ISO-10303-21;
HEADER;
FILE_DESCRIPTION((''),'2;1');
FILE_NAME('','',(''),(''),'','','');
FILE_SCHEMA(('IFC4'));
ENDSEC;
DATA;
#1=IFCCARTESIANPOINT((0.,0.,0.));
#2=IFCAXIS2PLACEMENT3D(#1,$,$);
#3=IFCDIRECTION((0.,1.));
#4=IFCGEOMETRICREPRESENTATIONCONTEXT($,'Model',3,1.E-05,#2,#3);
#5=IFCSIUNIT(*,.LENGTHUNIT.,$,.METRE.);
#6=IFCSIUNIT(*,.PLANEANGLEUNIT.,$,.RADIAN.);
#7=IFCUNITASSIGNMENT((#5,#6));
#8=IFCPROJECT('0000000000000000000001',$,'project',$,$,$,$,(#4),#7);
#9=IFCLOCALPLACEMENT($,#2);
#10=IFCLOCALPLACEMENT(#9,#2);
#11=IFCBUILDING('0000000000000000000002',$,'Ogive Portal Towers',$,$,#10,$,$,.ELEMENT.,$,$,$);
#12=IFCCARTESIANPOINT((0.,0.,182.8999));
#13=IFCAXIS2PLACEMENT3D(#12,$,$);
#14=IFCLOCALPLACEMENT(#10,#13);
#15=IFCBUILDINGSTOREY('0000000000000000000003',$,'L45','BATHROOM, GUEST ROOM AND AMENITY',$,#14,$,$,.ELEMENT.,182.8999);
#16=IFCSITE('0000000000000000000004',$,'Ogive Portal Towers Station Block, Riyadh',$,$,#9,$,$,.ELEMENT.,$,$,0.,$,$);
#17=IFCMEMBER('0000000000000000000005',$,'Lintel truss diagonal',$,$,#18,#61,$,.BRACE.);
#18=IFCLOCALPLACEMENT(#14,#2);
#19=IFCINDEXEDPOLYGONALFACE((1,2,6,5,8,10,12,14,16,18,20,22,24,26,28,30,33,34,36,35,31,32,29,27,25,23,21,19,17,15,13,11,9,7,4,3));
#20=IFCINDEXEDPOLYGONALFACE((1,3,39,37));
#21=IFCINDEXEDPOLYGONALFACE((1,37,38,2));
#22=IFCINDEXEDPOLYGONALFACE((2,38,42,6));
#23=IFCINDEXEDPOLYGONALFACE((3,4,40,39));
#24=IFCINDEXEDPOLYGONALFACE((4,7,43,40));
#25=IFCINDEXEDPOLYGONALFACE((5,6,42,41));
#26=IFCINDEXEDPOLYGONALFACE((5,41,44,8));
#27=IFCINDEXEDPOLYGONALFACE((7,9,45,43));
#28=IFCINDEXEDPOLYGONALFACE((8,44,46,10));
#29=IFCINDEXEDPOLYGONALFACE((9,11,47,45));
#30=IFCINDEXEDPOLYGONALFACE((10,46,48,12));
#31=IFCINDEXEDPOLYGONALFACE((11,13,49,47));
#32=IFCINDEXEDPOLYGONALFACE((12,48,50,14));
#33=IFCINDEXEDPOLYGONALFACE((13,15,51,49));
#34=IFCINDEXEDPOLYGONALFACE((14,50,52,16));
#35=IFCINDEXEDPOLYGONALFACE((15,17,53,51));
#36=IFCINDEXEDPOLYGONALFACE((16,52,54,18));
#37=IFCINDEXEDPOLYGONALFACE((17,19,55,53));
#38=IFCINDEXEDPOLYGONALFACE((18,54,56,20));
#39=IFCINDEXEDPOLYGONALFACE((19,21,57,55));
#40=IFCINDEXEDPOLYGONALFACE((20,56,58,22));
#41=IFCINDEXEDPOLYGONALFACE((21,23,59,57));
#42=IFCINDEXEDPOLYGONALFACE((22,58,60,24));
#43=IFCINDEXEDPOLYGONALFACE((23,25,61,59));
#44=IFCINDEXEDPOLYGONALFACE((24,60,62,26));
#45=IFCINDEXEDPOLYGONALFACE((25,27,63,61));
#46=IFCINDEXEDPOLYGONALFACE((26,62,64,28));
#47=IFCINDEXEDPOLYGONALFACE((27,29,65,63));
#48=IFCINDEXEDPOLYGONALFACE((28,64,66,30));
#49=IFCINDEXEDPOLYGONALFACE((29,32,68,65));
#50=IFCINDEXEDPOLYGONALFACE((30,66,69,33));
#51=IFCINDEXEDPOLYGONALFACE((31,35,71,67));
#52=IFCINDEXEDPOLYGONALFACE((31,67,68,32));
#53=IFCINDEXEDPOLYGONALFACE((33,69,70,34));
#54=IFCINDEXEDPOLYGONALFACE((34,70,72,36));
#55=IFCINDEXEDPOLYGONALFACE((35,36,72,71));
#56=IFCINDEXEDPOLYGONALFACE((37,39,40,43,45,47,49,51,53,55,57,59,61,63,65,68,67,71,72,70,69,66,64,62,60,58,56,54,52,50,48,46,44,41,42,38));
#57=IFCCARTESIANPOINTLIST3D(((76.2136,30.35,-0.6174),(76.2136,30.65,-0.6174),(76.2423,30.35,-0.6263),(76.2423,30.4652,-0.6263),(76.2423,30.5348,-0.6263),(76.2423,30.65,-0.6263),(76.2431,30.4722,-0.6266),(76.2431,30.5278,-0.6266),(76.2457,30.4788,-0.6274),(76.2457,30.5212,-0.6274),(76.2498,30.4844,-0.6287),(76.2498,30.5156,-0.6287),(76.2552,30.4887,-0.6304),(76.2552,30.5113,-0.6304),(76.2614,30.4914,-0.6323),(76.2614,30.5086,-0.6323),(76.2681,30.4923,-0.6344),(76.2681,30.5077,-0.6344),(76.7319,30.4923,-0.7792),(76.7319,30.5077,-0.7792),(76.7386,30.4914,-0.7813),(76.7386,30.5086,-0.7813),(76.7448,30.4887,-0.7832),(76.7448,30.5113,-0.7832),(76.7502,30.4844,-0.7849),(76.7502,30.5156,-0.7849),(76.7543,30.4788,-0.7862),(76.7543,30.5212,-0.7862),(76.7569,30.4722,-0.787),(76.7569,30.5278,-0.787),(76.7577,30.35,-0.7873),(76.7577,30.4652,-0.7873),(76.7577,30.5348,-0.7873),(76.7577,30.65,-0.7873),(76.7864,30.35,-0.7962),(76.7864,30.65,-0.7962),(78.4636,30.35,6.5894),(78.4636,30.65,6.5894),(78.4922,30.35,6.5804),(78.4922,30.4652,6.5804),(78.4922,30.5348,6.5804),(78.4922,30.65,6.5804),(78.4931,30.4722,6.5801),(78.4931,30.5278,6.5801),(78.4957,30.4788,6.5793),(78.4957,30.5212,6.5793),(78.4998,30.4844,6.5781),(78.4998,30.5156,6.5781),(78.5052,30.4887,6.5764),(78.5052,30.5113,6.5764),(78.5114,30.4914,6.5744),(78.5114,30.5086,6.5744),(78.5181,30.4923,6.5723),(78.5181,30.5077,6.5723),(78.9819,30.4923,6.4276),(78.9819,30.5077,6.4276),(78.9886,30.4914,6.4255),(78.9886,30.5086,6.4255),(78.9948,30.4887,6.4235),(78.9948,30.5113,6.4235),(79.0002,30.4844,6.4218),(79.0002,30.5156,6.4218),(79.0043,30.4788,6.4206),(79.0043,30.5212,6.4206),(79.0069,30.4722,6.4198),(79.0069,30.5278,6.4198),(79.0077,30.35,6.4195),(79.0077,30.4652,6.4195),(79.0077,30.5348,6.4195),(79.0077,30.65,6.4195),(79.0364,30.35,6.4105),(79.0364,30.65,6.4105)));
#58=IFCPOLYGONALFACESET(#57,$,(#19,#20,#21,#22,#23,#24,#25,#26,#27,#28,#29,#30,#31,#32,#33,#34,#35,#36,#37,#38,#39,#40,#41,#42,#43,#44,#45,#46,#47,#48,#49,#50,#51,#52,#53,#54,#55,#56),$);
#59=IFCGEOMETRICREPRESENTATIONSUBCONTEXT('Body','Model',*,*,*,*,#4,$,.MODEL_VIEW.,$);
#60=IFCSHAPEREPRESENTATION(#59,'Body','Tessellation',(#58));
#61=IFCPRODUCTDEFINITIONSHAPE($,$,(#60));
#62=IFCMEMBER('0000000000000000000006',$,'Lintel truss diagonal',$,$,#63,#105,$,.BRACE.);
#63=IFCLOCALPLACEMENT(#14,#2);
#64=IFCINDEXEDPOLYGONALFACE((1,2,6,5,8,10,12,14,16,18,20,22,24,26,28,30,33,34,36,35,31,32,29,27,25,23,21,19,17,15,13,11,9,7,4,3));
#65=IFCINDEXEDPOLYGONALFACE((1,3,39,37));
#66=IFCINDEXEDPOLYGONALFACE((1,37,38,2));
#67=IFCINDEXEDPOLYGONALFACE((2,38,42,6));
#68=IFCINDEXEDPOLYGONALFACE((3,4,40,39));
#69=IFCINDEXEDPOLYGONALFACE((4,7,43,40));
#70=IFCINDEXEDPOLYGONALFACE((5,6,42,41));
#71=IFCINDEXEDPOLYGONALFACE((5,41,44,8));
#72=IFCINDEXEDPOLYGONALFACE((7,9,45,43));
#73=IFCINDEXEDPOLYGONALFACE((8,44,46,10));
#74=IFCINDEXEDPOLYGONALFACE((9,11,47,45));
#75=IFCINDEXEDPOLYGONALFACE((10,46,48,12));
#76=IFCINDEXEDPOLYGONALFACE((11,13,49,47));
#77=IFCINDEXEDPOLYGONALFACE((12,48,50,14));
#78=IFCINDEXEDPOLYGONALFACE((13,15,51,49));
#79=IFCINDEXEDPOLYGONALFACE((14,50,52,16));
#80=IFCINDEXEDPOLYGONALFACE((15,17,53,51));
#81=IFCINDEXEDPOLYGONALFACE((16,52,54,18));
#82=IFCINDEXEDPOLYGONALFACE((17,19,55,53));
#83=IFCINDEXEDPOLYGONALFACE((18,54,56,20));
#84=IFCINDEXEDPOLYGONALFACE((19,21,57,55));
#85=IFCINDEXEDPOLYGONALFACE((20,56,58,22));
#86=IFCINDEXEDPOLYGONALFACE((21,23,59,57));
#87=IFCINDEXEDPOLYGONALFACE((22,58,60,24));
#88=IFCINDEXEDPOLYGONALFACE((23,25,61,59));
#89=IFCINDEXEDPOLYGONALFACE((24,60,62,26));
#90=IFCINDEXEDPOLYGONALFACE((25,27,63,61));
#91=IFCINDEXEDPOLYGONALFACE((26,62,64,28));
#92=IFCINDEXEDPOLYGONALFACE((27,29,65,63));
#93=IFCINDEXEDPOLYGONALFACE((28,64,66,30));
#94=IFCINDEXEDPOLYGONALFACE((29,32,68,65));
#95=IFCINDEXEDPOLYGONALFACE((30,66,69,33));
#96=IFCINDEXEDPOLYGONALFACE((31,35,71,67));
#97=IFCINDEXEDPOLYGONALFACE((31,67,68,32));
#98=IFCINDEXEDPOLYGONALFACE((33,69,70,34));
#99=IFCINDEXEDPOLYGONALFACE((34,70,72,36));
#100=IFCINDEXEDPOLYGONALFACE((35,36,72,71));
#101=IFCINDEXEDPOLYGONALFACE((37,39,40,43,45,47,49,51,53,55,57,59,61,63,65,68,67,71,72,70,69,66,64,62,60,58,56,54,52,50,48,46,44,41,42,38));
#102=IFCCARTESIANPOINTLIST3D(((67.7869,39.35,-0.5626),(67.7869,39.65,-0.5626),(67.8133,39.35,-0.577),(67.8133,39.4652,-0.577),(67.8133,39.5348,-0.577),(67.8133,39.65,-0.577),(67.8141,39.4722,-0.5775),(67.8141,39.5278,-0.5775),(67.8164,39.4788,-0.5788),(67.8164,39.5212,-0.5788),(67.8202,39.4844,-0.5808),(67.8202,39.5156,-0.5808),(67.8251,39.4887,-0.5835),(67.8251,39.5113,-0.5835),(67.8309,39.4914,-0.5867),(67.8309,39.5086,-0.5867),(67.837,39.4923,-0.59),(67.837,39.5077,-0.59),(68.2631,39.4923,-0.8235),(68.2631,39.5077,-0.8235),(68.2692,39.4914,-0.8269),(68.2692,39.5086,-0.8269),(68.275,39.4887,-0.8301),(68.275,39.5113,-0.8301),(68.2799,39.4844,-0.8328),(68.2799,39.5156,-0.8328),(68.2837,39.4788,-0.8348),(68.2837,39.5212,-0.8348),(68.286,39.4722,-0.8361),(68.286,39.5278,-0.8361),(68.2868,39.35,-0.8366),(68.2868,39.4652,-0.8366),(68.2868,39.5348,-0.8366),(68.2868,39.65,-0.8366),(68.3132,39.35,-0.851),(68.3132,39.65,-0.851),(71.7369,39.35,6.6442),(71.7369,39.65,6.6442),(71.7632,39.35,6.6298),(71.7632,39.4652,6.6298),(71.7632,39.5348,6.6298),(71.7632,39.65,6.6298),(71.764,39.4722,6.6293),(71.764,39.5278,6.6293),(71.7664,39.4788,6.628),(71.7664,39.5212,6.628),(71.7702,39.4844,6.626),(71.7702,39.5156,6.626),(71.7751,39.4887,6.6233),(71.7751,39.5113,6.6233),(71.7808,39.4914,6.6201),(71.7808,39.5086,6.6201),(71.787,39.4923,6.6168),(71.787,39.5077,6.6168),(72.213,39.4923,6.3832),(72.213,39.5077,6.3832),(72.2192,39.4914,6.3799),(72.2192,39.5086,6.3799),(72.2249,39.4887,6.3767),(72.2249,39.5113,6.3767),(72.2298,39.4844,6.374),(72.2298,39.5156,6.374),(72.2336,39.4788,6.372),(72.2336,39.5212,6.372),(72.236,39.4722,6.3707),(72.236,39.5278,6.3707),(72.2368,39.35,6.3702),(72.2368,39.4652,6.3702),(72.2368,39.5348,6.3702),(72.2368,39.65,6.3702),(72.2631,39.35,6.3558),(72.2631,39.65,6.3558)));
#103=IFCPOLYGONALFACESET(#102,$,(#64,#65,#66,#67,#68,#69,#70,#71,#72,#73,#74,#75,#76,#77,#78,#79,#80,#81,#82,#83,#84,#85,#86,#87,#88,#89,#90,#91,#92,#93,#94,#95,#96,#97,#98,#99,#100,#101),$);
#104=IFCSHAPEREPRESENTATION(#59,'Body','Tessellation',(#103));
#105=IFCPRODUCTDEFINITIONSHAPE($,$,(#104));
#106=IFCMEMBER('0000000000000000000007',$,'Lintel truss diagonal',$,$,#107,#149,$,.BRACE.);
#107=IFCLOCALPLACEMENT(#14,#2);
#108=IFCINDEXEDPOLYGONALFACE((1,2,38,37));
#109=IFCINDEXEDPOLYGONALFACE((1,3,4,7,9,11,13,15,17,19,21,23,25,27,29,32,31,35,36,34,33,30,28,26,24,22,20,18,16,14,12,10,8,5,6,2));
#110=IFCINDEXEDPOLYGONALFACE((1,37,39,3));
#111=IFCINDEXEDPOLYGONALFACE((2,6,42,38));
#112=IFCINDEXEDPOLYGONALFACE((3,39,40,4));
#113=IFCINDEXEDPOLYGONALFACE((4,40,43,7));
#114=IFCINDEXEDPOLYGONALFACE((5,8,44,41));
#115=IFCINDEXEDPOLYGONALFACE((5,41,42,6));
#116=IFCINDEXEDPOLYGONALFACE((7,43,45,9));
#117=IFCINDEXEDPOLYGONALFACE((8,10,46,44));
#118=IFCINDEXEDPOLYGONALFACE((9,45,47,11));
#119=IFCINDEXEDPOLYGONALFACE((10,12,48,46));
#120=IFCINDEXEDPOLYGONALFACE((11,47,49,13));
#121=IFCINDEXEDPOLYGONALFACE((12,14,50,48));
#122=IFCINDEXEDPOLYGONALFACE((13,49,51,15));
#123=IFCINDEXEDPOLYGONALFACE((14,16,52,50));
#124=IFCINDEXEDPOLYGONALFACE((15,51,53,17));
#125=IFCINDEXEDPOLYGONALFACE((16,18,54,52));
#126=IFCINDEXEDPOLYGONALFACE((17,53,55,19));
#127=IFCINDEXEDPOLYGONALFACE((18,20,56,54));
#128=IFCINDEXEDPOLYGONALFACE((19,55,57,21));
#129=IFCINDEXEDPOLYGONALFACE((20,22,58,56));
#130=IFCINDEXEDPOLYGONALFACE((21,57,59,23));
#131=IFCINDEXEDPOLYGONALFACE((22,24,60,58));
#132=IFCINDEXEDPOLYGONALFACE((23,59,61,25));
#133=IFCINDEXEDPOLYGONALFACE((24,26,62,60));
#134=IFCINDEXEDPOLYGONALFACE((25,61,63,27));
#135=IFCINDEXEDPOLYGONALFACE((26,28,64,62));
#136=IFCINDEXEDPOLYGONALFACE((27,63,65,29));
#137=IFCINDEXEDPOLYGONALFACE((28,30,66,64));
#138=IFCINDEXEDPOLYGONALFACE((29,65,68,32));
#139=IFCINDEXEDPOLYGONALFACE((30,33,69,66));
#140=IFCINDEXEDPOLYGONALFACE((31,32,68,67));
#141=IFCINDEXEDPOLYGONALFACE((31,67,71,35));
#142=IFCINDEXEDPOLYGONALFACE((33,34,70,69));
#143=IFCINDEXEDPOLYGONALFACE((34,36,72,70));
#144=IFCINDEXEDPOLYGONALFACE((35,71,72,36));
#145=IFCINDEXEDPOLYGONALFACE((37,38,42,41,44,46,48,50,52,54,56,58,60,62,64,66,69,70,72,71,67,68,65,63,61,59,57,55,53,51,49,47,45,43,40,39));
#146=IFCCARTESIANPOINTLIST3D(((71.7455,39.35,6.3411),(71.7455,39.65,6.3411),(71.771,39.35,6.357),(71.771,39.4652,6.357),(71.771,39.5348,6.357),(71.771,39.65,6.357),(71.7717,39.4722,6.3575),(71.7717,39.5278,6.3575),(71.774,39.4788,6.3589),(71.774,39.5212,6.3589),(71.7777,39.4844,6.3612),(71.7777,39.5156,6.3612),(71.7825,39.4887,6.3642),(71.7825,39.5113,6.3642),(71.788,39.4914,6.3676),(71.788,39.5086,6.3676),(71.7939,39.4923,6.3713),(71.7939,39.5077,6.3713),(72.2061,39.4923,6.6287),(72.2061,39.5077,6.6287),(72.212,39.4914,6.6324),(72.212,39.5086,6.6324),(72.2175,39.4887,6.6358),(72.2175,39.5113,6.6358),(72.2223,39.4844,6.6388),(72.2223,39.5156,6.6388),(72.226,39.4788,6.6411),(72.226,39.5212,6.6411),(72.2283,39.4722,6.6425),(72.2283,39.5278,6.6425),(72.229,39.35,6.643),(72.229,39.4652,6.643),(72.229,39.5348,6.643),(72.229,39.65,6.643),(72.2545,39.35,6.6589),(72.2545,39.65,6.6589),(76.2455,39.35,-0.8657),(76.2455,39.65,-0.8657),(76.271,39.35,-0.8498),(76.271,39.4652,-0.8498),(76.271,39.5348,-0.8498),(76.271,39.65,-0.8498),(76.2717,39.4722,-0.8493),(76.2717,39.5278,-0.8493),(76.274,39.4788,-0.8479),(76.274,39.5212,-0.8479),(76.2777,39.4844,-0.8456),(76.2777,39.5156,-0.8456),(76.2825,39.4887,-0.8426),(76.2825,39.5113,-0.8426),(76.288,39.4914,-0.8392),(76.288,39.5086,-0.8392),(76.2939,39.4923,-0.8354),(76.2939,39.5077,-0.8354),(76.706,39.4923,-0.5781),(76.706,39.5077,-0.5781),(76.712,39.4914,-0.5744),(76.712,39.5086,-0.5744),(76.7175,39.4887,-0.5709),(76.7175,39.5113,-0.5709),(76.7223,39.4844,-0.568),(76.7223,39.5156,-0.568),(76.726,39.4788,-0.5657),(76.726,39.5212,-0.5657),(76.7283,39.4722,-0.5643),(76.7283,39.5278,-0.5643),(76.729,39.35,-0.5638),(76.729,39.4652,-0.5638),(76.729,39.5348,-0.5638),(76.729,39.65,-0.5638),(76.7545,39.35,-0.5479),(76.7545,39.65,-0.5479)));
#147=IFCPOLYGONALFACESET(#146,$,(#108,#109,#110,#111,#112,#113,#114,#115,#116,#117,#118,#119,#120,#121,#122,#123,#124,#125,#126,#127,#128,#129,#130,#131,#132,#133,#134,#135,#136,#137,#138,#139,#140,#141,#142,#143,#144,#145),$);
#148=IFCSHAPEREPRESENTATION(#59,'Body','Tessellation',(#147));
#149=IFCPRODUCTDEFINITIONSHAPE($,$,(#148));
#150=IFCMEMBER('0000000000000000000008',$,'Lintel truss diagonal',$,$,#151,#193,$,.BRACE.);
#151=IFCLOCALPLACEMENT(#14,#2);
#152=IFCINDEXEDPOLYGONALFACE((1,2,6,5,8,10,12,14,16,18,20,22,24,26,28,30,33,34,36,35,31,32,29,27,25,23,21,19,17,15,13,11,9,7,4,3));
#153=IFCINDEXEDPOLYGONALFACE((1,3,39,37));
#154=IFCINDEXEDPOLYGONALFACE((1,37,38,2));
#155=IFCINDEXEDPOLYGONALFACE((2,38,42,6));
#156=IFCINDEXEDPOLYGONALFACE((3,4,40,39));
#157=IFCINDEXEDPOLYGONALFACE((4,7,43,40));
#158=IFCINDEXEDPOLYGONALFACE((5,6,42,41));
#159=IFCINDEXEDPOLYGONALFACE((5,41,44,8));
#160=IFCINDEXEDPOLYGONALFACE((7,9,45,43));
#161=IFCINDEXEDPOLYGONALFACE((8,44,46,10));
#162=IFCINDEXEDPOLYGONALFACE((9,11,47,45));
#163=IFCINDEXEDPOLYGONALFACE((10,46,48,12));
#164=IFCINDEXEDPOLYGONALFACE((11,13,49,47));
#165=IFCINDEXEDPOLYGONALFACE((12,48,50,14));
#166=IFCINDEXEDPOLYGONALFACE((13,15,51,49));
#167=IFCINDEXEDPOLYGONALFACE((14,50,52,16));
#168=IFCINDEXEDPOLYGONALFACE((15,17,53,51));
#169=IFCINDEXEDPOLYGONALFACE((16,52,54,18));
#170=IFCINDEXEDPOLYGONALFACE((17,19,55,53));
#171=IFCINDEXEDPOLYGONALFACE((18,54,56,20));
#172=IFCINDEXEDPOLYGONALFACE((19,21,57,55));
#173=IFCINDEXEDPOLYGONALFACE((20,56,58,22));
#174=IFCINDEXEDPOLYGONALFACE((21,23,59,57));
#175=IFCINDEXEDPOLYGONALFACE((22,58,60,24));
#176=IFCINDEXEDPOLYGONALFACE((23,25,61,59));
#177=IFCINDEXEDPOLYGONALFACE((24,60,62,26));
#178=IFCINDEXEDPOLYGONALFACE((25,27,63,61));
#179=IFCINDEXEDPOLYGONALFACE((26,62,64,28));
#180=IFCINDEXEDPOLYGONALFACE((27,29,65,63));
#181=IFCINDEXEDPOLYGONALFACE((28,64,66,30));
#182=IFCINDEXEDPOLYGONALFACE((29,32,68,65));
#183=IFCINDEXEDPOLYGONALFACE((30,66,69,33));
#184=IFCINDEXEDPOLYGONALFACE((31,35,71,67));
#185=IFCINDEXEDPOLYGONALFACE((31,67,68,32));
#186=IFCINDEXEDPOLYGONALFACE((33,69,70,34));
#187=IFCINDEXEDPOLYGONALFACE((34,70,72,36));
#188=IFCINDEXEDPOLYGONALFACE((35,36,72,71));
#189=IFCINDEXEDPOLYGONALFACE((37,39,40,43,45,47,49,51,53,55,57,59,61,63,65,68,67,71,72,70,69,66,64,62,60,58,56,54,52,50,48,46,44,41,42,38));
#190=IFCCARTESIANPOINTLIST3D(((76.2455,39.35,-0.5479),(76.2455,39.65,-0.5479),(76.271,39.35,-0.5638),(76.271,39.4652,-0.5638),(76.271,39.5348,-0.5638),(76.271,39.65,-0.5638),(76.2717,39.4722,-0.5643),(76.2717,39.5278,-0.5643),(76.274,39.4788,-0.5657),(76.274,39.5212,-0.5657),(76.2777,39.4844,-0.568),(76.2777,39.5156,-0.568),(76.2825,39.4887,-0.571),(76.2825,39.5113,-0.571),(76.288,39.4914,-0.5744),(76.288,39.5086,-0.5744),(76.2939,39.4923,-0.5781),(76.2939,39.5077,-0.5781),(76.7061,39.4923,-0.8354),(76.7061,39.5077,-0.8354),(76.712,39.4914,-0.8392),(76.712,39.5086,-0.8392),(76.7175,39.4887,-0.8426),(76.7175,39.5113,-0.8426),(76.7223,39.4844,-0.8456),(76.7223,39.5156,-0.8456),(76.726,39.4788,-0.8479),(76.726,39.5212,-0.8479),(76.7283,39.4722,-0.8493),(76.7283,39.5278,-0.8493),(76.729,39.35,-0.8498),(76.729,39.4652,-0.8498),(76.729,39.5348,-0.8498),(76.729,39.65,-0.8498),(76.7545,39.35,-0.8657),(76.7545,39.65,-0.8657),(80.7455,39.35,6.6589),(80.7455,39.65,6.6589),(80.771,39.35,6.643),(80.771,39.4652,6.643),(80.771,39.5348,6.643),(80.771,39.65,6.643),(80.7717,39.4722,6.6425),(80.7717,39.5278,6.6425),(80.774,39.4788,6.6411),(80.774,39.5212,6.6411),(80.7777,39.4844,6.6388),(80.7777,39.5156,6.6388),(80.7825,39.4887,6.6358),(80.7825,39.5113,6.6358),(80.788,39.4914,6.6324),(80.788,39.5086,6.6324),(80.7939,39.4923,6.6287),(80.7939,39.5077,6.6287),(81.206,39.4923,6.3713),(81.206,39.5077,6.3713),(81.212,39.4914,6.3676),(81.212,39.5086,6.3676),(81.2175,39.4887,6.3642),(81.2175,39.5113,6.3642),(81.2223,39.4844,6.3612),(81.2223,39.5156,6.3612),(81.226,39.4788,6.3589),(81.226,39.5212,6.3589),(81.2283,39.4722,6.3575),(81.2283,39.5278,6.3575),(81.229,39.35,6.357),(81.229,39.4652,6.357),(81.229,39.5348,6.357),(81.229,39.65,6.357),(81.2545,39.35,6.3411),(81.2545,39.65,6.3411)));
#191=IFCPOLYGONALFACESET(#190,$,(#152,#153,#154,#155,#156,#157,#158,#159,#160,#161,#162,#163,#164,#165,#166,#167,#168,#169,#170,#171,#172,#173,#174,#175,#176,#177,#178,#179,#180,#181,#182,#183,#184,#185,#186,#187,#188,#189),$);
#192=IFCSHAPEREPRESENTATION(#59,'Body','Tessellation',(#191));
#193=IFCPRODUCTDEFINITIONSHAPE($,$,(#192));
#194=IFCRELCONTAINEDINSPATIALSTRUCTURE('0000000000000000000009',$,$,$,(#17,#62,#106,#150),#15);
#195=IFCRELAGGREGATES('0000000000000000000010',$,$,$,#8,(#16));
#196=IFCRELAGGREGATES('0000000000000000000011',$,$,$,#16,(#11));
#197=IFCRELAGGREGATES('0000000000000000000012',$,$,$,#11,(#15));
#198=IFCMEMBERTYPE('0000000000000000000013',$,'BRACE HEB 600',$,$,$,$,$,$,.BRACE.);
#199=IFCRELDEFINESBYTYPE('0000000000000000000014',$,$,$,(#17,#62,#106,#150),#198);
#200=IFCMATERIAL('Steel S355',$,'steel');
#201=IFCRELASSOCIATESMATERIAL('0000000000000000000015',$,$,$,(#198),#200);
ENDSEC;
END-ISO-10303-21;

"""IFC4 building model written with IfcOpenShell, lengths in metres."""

from ifc_helpers import new_model, si_unit, direction, frame, origin, origin_2d, place, context, subcontext, project, spatial, i_section, extrude, material, material_profile, profile_set, type_object, element, save


model = new_model("IFC4")

# Units and contexts
model_context = context("Model", 3, precision=1e-05, world=origin(), true_north=direction((0.0, 1.0)))
body_context = subcontext(model_context, "Body", "Model", "MODEL_VIEW")
ifc_project = project(units=[si_unit("LENGTHUNIT", "METRE"), si_unit("PLANEANGLEUNIT", "RADIAN")], contexts=[model_context])

# Site, building, storey
site_placement = place(None, origin())
site = spatial("IfcSite", under=ifc_project, at=site_placement, Name="Ogive Portal Towers Station Block, Riyadh", CompositionType="ELEMENT", RefElevation=0.0)
building_placement = place(site_placement, origin())
building = spatial("IfcBuilding", under=site, at=building_placement, Name="Ogive Portal Towers", CompositionType="ELEMENT")
storey_placement = place(building_placement, frame((0.0, 0.0, 182.8999)))
storey = spatial("IfcBuildingStorey", under=building, at=storey_placement, Name="L45", Description="BATHROOM, GUEST ROOM AND AMENITY", CompositionType="ELEMENT", Elevation=182.8999)

# Members
ifc_material_1 = material(Name="Steel S355", Category="steel")
ifc_material_profile_1 = material_profile(ifc_material_1, i_section(OverallWidth=0.3, OverallDepth=0.6001, WebThickness=0.0154, FlangeThickness=0.03, FilletRadius=0.0271, at=origin_2d()), Name="HEB 600")
ifc_profile_set_1 = profile_set([ifc_material_profile_1], Name="Steel S355")
member_type_1 = type_object("IfcMemberType", Name="BRACE HEB 600", PredefinedType="BRACE", material=ifc_profile_set_1)
member_1_placement = place(storey_placement, frame((76.5, 30.5, -0.7068), z_axis=(0.298019, 0.0, 0.95456), x_axis=(0.0, 1.0, 0.0)))
element("IfcMember", 1, at=member_1_placement, inside=storey, type_object=member_type_1, Name="Lintel truss diagonal", PredefinedType="BRACE", context=body_context, shape_type="SweptSolid", body=[
    extrude(i_section(OverallWidth=0.3, OverallDepth=0.6001, WebThickness=0.0154, FlangeThickness=0.03, FilletRadius=0.0271, at=origin_2d()), origin(), (0.0, 0.0, 1.0), 7.5498),
])
member_2_placement = place(storey_placement, frame((68.05, 39.5, -0.7068), z_axis=(0.480631, 0.0, 0.876923), x_axis=(0.0, 1.0, 0.0)))
element("IfcMember", 2, at=member_2_placement, inside=storey, type_object=member_type_1, Name="Lintel truss diagonal", PredefinedType="BRACE", context=body_context, shape_type="SweptSolid", body=[
    extrude(i_section(OverallWidth=0.3, OverallDepth=0.6001, WebThickness=0.0154, FlangeThickness=0.03, FilletRadius=0.0271, at=origin_2d()), origin(), (0.0, 0.0, 1.0), 8.2183),
])
for number, where, z_axis, x_axis, name in (
    (3, (72.0, 39.5, 6.5), (0.52964, 0.0, -0.848223), (0.0, 1.0, 0.0), "Lintel truss diagonal"),
    (4, (76.5, 39.5, -0.7068), (0.52964, 0.0, 0.848223), (0.0, 1.0, 0.0), "Lintel truss diagonal"),
):
    element("IfcMember", number, at=place(storey_placement, frame(where, z_axis=z_axis, x_axis=x_axis)), inside=storey, type_object=member_type_1, Name=name, PredefinedType="BRACE", context=body_context, shape_type="SweptSolid", body=[
        extrude(i_section(OverallWidth=0.3, OverallDepth=0.6001, WebThickness=0.0154, FlangeThickness=0.03, FilletRadius=0.0271, at=origin_2d()), origin(), (0.0, 0.0, 1.0), 8.4963),
    ])

save(model, "model.ifc")
